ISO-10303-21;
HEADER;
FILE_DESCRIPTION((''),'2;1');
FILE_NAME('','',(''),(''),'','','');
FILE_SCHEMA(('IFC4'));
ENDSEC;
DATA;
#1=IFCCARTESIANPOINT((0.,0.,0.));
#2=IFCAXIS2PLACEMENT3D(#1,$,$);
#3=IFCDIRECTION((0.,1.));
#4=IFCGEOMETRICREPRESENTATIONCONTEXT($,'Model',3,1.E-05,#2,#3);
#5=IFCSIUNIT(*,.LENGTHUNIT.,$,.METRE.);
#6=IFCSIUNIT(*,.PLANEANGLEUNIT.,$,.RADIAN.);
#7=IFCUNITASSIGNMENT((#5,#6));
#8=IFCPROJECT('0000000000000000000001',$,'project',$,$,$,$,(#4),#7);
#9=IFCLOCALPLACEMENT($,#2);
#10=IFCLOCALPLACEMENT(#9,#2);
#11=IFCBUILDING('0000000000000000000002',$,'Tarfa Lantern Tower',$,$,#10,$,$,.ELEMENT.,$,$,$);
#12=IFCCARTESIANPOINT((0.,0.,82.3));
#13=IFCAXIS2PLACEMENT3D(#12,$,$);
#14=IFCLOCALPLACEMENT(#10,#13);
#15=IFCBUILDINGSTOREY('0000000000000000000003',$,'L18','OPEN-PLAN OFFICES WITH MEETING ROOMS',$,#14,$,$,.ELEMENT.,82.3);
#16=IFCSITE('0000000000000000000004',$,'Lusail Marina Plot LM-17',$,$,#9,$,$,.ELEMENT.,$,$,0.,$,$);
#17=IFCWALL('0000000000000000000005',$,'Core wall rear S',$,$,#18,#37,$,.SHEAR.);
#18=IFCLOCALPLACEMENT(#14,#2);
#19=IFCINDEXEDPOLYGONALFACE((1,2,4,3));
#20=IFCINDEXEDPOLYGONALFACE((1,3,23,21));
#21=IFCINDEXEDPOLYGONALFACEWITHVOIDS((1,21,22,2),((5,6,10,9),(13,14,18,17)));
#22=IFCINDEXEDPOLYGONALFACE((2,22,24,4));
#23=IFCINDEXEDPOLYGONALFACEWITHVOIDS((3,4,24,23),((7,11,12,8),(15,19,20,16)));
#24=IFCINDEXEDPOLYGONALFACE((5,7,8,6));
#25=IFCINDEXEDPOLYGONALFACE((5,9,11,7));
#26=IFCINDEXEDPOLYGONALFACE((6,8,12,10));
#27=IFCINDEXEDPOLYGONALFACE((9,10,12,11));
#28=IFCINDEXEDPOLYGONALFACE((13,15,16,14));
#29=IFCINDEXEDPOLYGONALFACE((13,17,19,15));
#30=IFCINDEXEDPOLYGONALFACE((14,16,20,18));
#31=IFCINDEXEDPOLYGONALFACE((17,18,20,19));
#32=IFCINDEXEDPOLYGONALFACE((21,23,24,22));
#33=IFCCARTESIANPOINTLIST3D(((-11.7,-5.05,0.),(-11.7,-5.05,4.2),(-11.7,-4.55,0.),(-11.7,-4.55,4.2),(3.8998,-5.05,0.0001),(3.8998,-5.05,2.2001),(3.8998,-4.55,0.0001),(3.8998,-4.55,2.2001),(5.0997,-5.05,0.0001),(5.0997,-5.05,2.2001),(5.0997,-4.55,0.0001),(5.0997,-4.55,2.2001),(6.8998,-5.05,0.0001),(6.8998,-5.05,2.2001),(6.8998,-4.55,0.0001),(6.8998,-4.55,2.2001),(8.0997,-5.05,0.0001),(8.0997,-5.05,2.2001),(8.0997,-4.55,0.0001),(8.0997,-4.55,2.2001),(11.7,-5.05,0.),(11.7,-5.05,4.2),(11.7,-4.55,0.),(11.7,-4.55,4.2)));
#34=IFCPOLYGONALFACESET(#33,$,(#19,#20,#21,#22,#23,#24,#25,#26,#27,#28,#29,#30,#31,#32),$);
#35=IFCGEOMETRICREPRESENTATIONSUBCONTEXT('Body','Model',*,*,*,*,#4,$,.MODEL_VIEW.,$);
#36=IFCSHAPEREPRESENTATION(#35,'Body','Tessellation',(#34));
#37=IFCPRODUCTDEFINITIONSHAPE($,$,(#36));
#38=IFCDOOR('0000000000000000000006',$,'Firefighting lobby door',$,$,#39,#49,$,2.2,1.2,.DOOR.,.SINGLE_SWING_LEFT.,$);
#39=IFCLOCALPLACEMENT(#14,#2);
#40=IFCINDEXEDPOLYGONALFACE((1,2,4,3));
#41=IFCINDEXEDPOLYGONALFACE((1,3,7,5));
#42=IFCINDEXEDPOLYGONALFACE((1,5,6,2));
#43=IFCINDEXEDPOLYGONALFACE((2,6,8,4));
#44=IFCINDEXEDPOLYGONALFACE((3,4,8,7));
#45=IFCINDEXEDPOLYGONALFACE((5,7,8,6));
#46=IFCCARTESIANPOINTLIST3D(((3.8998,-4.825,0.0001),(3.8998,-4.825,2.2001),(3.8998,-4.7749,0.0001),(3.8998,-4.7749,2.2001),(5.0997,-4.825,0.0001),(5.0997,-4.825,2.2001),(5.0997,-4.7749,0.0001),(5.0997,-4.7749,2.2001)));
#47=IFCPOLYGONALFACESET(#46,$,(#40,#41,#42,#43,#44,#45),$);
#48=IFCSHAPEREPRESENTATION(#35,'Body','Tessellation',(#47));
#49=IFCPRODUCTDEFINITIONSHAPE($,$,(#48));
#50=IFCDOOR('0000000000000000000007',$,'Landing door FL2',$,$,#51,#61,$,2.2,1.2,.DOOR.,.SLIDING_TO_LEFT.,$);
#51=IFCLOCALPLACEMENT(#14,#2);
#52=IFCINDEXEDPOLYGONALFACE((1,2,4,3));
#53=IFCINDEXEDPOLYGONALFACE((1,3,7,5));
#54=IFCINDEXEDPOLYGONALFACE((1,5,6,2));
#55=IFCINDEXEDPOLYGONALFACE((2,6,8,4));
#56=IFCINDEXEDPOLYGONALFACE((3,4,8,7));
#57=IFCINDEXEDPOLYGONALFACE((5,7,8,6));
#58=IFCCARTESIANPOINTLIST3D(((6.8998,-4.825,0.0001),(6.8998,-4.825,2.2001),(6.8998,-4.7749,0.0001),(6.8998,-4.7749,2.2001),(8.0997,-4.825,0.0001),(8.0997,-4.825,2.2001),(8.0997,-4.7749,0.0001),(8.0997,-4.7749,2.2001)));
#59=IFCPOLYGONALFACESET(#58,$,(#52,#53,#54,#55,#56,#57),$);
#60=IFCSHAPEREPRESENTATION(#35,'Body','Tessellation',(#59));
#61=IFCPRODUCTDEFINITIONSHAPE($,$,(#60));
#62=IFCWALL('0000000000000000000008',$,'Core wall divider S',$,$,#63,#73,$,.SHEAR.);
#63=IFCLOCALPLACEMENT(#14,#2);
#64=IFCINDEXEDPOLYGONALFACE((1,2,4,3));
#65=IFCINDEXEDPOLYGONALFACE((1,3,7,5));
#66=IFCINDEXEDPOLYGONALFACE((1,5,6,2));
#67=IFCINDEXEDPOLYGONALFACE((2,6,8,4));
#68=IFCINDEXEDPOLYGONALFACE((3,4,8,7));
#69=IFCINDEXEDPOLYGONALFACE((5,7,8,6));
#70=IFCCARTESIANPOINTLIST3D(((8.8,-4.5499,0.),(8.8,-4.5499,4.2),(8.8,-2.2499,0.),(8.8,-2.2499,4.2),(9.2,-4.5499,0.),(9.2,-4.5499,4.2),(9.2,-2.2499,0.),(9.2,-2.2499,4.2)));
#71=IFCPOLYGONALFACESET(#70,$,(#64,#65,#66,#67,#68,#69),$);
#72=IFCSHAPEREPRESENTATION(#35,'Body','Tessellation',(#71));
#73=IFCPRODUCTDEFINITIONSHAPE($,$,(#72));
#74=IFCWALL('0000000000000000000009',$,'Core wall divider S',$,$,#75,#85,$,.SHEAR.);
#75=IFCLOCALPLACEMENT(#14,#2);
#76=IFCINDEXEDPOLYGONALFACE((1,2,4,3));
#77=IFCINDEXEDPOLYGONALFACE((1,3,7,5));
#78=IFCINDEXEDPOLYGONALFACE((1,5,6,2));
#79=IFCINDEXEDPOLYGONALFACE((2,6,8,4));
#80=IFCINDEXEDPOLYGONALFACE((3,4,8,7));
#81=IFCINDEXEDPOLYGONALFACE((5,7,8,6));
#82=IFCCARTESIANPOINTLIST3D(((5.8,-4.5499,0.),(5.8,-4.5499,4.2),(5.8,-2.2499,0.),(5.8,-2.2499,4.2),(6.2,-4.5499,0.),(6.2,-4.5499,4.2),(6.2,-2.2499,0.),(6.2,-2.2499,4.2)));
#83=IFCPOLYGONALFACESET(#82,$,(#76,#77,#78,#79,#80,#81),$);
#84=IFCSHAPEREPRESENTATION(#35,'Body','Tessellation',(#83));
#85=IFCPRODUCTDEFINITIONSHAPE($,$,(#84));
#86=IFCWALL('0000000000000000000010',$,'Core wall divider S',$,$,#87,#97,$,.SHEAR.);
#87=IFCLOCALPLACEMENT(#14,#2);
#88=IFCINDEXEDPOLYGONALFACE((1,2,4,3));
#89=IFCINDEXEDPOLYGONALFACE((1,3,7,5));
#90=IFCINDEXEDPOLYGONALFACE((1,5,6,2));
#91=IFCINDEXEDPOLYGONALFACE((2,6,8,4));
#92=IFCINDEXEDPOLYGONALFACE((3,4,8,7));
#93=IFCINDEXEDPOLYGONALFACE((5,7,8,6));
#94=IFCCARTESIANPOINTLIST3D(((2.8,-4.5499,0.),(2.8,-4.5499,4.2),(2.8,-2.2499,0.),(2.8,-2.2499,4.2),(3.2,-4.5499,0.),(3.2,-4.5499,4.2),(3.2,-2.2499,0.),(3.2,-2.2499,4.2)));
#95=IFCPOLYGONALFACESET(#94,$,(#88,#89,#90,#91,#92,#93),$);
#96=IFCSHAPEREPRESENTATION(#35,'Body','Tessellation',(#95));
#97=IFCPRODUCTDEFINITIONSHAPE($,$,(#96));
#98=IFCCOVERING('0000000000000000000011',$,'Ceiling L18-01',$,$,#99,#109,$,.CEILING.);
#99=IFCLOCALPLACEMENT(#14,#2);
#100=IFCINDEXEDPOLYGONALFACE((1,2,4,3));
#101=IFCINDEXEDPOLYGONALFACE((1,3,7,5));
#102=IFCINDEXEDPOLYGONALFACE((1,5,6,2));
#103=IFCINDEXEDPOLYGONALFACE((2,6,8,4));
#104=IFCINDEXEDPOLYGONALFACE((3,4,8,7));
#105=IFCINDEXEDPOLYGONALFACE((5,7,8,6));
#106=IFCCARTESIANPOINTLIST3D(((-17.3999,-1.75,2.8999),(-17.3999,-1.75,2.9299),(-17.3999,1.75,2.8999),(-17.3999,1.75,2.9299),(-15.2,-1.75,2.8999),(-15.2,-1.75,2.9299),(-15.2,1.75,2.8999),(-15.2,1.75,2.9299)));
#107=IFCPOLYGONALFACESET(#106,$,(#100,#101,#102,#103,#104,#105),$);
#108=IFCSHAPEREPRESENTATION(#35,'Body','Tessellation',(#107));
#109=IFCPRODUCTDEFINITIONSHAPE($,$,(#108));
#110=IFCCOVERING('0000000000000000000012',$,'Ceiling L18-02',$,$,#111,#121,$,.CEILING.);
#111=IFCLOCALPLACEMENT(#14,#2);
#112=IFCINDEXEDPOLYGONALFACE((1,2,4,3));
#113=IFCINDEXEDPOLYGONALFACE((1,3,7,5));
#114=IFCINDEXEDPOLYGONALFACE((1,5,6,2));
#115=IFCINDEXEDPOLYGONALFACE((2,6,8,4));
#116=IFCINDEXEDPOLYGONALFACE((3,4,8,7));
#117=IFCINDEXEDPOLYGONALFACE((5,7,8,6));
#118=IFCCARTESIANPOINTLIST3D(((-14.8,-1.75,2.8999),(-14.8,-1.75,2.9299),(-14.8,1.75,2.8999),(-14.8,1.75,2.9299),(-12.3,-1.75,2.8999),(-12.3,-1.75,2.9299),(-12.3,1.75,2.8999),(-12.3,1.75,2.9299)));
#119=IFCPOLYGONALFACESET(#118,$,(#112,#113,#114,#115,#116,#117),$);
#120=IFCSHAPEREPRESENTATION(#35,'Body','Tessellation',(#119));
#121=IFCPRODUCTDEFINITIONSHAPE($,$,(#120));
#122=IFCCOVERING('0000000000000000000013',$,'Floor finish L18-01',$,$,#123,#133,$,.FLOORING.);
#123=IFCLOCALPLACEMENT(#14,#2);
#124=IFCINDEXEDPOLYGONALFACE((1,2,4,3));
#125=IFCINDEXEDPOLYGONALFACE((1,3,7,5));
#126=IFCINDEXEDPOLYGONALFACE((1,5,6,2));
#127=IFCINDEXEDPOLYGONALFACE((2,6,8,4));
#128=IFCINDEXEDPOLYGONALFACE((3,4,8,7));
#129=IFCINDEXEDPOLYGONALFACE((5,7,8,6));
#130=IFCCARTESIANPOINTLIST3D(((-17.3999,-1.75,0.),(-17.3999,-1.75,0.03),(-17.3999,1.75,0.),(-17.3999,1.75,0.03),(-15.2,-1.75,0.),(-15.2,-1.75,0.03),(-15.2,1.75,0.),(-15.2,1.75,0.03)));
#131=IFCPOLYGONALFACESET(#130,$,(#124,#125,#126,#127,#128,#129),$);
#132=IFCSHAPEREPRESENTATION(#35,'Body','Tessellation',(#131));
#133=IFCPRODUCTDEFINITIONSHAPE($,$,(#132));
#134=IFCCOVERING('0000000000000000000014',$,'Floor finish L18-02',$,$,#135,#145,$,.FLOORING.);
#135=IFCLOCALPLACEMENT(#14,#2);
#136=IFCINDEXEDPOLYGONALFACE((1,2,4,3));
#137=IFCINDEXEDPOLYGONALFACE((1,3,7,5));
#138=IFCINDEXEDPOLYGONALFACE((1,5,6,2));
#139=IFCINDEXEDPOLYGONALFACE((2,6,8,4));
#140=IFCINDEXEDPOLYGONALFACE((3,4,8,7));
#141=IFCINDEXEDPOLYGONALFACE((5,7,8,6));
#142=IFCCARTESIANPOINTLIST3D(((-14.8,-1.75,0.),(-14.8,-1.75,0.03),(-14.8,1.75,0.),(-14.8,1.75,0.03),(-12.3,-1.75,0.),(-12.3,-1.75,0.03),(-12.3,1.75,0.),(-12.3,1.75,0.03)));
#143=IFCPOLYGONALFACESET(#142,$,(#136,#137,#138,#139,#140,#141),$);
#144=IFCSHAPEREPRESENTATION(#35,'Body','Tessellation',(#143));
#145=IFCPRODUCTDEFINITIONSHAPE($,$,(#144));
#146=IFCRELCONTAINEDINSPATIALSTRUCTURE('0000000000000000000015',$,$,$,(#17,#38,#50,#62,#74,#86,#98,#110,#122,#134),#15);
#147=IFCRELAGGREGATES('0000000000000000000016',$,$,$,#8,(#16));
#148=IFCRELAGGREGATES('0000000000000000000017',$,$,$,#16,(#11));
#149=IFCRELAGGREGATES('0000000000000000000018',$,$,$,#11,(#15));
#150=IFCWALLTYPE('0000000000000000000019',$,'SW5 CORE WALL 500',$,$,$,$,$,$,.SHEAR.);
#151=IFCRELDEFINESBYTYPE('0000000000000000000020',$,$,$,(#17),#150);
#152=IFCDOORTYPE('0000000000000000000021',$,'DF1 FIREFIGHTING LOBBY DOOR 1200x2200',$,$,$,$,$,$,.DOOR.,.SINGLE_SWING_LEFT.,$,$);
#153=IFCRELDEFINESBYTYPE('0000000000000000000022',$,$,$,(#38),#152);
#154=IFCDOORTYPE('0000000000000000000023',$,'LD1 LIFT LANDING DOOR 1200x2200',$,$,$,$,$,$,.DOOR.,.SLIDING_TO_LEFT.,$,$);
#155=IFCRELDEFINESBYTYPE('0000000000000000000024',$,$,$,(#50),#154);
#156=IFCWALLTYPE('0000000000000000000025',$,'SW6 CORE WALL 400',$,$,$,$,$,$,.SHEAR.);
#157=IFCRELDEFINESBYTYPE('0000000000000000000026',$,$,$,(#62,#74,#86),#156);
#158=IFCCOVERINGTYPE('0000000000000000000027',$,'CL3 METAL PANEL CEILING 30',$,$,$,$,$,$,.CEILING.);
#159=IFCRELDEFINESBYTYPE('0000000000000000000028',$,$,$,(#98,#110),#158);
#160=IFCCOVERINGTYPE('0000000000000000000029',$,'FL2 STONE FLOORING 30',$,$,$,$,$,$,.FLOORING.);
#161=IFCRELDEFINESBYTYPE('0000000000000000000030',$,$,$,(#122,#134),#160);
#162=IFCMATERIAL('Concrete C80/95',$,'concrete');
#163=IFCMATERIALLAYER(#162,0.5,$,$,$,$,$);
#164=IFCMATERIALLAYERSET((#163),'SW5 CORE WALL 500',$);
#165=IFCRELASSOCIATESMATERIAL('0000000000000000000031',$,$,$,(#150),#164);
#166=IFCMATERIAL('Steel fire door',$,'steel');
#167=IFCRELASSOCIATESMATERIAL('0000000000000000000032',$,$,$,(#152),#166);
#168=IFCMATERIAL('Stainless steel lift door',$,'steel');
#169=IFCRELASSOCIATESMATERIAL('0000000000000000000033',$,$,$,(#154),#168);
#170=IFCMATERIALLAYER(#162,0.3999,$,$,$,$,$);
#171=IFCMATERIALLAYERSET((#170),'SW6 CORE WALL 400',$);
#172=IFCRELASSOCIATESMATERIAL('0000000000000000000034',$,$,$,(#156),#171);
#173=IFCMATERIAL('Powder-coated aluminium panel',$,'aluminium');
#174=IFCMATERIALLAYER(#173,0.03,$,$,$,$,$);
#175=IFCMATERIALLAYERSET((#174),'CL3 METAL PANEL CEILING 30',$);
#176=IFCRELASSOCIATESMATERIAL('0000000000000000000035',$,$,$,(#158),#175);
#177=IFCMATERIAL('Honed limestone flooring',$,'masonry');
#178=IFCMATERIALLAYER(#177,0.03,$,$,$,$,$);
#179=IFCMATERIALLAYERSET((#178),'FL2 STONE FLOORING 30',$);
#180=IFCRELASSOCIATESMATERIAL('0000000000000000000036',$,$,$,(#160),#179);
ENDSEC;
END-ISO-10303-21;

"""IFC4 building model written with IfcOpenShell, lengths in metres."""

from ifc_helpers import new_model, si_unit, direction, frame, frame_2d, origin, place, context, subcontext, project, spatial, polyline, rectangle, outline, extrude, material, layer, layer_set, type_object, element, fill, save


model = new_model("IFC4")

# Units and contexts
model_context = context("Model", 3, precision=1e-05, world=origin(), true_north=direction((0.0, 1.0)))
body_context = subcontext(model_context, "Body", "Model", "MODEL_VIEW")
ifc_project = project(units=[si_unit("LENGTHUNIT", "METRE"), si_unit("PLANEANGLEUNIT", "RADIAN")], contexts=[model_context])

# Site, building, storey
site_placement = place(None, origin())
site = spatial("IfcSite", under=ifc_project, at=site_placement, Name="Lusail Marina Plot LM-17", CompositionType="ELEMENT", RefElevation=0.0)
building_placement = place(site_placement, origin())
building = spatial("IfcBuilding", under=site, at=building_placement, Name="Tarfa Lantern Tower", CompositionType="ELEMENT")
storey_placement = place(building_placement, frame((0.0, 0.0, 82.3)))
storey = spatial("IfcBuildingStorey", under=building, at=storey_placement, Name="L18", Description="OPEN-PLAN OFFICES WITH MEETING ROOMS", CompositionType="ELEMENT", Elevation=82.3)

# Shared definitions
ifc_material_1 = material(Name="Concrete C80/95", Category="concrete")
ifc_layer_1 = layer(ifc_material_1, 0.5)
ifc_layer_set_1 = layer_set([ifc_layer_1], Name="SW5 CORE WALL 500")
wall_type_1 = type_object("IfcWallType", Name="SW5 CORE WALL 500", PredefinedType="SHEAR", material=ifc_layer_set_1)

# Wall, openings, doors
ifc_material_2 = material(Name="Stainless steel lift door", Category="steel")
wall_1_placement = place(storey_placement, frame((11.7, -4.8, 0.0), z_axis=(0.0, 0.0, 1.0), x_axis=(-1.0, 0.0, 0.0)))
wall_1 = element("IfcWall", 1, at=wall_1_placement, inside=storey, type_object=wall_type_1, Name="Core wall rear S", PredefinedType="SHEAR", context=body_context, shape_type="SweptSolid", body=[
    extrude(rectangle(XDim=23.3999, YDim=0.5, at=frame_2d((11.7, 0.0))), origin(), (0.0, 0.0, 1.0), 4.2),
])
opening_1_placement = place(wall_1_placement, frame((6.6001, 0.0, 0.0)))
opening_1 = element("IfcOpeningElement", 2, at=opening_1_placement, cuts=wall_1, PredefinedType="OPENING", context=body_context, shape_type="SweptSolid", body=[
    extrude(rectangle(XDim=1.2, YDim=2.2, at=frame_2d((0.6001, 1.1001))), frame((0.0, 0.26, 0.0), z_axis=(0.0, -1.0, 0.0), x_axis=(1.0, 0.0, 0.0)), (0.0, 0.0, 1.0), 0.52),
])
opening_2_placement = place(wall_1_placement, frame((3.6001, 0.0, 0.0)))
opening_2 = element("IfcOpeningElement", 3, at=opening_2_placement, cuts=wall_1, PredefinedType="OPENING", context=body_context, shape_type="SweptSolid", body=[
    extrude(rectangle(XDim=1.2, YDim=2.2, at=frame_2d((0.6001, 1.1001))), frame((0.0, 0.26, 0.0), z_axis=(0.0, -1.0, 0.0), x_axis=(1.0, 0.0, 0.0)), (0.0, 0.0, 1.0), 0.52),
])
ifc_material_3 = material(Name="Steel fire door", Category="steel")
door_type_1 = type_object("IfcDoorType", Name="DF1 FIREFIGHTING LOBBY DOOR 1200x2200", OperationType="SINGLE_SWING_LEFT", PredefinedType="DOOR", material=ifc_material_3)
door_1_placement = place(opening_1_placement, origin())
door_1 = element("IfcDoor", 4, at=door_1_placement, inside=storey, type_object=door_type_1, Name="Firefighting lobby door", OperationType="SINGLE_SWING_LEFT", OverallHeight=2.2, OverallWidth=1.2, PredefinedType="DOOR", context=body_context, shape_type="SweptSolid", body=[
    extrude(rectangle(XDim=1.2, YDim=2.2, at=frame_2d((0.6001, 1.1001))), frame((0.0, 0.0249, 0.0), z_axis=(0.0, -1.0, 0.0), x_axis=(1.0, 0.0, 0.0)), (0.0, 0.0, 1.0), 0.05),
])
fill(opening_1, door_1)
door_type_2 = type_object("IfcDoorType", Name="LD1 LIFT LANDING DOOR 1200x2200", OperationType="SLIDING_TO_LEFT", PredefinedType="DOOR", material=ifc_material_2)
door_2_placement = place(opening_2_placement, origin())
door_2 = element("IfcDoor", 5, at=door_2_placement, inside=storey, type_object=door_type_2, Name="Landing door FL2", OperationType="SLIDING_TO_LEFT", OverallHeight=2.2, OverallWidth=1.2, PredefinedType="DOOR", context=body_context, shape_type="SweptSolid", body=[
    extrude(rectangle(XDim=1.2, YDim=2.2, at=frame_2d((0.6001, 1.1001))), frame((0.0, 0.0249, 0.0), z_axis=(0.0, -1.0, 0.0), x_axis=(1.0, 0.0, 0.0)), (0.0, 0.0, 1.0), 0.05),
])
fill(opening_2, door_2)

# Walls
ifc_layer_2 = layer(ifc_material_1, 0.3999)
ifc_layer_set_2 = layer_set([ifc_layer_2], Name="SW6 CORE WALL 400")
wall_type_2 = type_object("IfcWallType", Name="SW6 CORE WALL 400", PredefinedType="SHEAR", material=ifc_layer_set_2)
for number, where, z_axis, x_axis, name in (
    (6, (9.0, -2.25, 0.0), (0.0, 0.0, 1.0), (0.0, -1.0, 0.0), "Core wall divider S"),
    (7, (6.0, -2.25, 0.0), (0.0, 0.0, 1.0), (0.0, -1.0, 0.0), "Core wall divider S"),
    (8, (3.0, -2.25, 0.0), (0.0, 0.0, 1.0), (0.0, -1.0, 0.0), "Core wall divider S"),
):
    element("IfcWall", number, at=place(storey_placement, frame(where, z_axis=z_axis, x_axis=x_axis)), inside=storey, type_object=wall_type_2, Name=name, PredefinedType="SHEAR", context=body_context, shape_type="SweptSolid", body=[
        extrude(rectangle(XDim=2.3, YDim=0.3999, at=frame_2d((1.1499, 0.0))), origin(), (0.0, 0.0, 1.0), 4.2),
    ])

# Coverings
ifc_material_4 = material(Name="Powder-coated aluminium panel", Category="aluminium")
ifc_layer_3 = layer(ifc_material_4, 0.03)
ifc_layer_set_3 = layer_set([ifc_layer_3], Name="CL3 METAL PANEL CEILING 30")
covering_type_1 = type_object("IfcCoveringType", Name="CL3 METAL PANEL CEILING 30", PredefinedType="CEILING", material=ifc_layer_set_3)
covering_1_placement = place(storey_placement, frame((0.0, 0.0, 2.8999)))
element("IfcCovering", 9, at=covering_1_placement, inside=storey, type_object=covering_type_1, Name="Ceiling L18-01", PredefinedType="CEILING", context=body_context, shape_type="SweptSolid", body=[
    extrude(outline(polyline([(-17.3999, -1.75), (-15.2, -1.75), (-15.2, 1.75), (-17.3999, 1.75), (-17.3999, -1.75)])), origin(), (0.0, 0.0, 1.0), 0.03),
])
covering_2_placement = place(storey_placement, frame((0.0, 0.0, 2.8999)))
element("IfcCovering", 10, at=covering_2_placement, inside=storey, type_object=covering_type_1, Name="Ceiling L18-02", PredefinedType="CEILING", context=body_context, shape_type="SweptSolid", body=[
    extrude(outline(polyline([(-14.8, -1.75), (-12.3, -1.75), (-12.3, 1.75), (-14.8, 1.75), (-14.8, -1.75)])), origin(), (0.0, 0.0, 1.0), 0.03),
])
ifc_material_5 = material(Name="Honed limestone flooring", Category="masonry")
ifc_layer_4 = layer(ifc_material_5, 0.03)
ifc_layer_set_4 = layer_set([ifc_layer_4], Name="FL2 STONE FLOORING 30")
covering_type_2 = type_object("IfcCoveringType", Name="FL2 STONE FLOORING 30", PredefinedType="FLOORING", material=ifc_layer_set_4)
covering_3_placement = place(storey_placement, origin())
element("IfcCovering", 11, at=covering_3_placement, inside=storey, type_object=covering_type_2, Name="Floor finish L18-01", PredefinedType="FLOORING", context=body_context, shape_type="SweptSolid", body=[
    extrude(outline(polyline([(-17.3999, -1.75), (-15.2, -1.75), (-15.2, 1.75), (-17.3999, 1.75), (-17.3999, -1.75)])), origin(), (0.0, 0.0, 1.0), 0.03),
])
covering_4_placement = place(storey_placement, origin())
element("IfcCovering", 12, at=covering_4_placement, inside=storey, type_object=covering_type_2, Name="Floor finish L18-02", PredefinedType="FLOORING", context=body_context, shape_type="SweptSolid", body=[
    extrude(outline(polyline([(-14.8, -1.75), (-12.3, -1.75), (-12.3, 1.75), (-14.8, 1.75), (-14.8, -1.75)])), origin(), (0.0, 0.0, 1.0), 0.03),
])

save(model, "model.ifc")
